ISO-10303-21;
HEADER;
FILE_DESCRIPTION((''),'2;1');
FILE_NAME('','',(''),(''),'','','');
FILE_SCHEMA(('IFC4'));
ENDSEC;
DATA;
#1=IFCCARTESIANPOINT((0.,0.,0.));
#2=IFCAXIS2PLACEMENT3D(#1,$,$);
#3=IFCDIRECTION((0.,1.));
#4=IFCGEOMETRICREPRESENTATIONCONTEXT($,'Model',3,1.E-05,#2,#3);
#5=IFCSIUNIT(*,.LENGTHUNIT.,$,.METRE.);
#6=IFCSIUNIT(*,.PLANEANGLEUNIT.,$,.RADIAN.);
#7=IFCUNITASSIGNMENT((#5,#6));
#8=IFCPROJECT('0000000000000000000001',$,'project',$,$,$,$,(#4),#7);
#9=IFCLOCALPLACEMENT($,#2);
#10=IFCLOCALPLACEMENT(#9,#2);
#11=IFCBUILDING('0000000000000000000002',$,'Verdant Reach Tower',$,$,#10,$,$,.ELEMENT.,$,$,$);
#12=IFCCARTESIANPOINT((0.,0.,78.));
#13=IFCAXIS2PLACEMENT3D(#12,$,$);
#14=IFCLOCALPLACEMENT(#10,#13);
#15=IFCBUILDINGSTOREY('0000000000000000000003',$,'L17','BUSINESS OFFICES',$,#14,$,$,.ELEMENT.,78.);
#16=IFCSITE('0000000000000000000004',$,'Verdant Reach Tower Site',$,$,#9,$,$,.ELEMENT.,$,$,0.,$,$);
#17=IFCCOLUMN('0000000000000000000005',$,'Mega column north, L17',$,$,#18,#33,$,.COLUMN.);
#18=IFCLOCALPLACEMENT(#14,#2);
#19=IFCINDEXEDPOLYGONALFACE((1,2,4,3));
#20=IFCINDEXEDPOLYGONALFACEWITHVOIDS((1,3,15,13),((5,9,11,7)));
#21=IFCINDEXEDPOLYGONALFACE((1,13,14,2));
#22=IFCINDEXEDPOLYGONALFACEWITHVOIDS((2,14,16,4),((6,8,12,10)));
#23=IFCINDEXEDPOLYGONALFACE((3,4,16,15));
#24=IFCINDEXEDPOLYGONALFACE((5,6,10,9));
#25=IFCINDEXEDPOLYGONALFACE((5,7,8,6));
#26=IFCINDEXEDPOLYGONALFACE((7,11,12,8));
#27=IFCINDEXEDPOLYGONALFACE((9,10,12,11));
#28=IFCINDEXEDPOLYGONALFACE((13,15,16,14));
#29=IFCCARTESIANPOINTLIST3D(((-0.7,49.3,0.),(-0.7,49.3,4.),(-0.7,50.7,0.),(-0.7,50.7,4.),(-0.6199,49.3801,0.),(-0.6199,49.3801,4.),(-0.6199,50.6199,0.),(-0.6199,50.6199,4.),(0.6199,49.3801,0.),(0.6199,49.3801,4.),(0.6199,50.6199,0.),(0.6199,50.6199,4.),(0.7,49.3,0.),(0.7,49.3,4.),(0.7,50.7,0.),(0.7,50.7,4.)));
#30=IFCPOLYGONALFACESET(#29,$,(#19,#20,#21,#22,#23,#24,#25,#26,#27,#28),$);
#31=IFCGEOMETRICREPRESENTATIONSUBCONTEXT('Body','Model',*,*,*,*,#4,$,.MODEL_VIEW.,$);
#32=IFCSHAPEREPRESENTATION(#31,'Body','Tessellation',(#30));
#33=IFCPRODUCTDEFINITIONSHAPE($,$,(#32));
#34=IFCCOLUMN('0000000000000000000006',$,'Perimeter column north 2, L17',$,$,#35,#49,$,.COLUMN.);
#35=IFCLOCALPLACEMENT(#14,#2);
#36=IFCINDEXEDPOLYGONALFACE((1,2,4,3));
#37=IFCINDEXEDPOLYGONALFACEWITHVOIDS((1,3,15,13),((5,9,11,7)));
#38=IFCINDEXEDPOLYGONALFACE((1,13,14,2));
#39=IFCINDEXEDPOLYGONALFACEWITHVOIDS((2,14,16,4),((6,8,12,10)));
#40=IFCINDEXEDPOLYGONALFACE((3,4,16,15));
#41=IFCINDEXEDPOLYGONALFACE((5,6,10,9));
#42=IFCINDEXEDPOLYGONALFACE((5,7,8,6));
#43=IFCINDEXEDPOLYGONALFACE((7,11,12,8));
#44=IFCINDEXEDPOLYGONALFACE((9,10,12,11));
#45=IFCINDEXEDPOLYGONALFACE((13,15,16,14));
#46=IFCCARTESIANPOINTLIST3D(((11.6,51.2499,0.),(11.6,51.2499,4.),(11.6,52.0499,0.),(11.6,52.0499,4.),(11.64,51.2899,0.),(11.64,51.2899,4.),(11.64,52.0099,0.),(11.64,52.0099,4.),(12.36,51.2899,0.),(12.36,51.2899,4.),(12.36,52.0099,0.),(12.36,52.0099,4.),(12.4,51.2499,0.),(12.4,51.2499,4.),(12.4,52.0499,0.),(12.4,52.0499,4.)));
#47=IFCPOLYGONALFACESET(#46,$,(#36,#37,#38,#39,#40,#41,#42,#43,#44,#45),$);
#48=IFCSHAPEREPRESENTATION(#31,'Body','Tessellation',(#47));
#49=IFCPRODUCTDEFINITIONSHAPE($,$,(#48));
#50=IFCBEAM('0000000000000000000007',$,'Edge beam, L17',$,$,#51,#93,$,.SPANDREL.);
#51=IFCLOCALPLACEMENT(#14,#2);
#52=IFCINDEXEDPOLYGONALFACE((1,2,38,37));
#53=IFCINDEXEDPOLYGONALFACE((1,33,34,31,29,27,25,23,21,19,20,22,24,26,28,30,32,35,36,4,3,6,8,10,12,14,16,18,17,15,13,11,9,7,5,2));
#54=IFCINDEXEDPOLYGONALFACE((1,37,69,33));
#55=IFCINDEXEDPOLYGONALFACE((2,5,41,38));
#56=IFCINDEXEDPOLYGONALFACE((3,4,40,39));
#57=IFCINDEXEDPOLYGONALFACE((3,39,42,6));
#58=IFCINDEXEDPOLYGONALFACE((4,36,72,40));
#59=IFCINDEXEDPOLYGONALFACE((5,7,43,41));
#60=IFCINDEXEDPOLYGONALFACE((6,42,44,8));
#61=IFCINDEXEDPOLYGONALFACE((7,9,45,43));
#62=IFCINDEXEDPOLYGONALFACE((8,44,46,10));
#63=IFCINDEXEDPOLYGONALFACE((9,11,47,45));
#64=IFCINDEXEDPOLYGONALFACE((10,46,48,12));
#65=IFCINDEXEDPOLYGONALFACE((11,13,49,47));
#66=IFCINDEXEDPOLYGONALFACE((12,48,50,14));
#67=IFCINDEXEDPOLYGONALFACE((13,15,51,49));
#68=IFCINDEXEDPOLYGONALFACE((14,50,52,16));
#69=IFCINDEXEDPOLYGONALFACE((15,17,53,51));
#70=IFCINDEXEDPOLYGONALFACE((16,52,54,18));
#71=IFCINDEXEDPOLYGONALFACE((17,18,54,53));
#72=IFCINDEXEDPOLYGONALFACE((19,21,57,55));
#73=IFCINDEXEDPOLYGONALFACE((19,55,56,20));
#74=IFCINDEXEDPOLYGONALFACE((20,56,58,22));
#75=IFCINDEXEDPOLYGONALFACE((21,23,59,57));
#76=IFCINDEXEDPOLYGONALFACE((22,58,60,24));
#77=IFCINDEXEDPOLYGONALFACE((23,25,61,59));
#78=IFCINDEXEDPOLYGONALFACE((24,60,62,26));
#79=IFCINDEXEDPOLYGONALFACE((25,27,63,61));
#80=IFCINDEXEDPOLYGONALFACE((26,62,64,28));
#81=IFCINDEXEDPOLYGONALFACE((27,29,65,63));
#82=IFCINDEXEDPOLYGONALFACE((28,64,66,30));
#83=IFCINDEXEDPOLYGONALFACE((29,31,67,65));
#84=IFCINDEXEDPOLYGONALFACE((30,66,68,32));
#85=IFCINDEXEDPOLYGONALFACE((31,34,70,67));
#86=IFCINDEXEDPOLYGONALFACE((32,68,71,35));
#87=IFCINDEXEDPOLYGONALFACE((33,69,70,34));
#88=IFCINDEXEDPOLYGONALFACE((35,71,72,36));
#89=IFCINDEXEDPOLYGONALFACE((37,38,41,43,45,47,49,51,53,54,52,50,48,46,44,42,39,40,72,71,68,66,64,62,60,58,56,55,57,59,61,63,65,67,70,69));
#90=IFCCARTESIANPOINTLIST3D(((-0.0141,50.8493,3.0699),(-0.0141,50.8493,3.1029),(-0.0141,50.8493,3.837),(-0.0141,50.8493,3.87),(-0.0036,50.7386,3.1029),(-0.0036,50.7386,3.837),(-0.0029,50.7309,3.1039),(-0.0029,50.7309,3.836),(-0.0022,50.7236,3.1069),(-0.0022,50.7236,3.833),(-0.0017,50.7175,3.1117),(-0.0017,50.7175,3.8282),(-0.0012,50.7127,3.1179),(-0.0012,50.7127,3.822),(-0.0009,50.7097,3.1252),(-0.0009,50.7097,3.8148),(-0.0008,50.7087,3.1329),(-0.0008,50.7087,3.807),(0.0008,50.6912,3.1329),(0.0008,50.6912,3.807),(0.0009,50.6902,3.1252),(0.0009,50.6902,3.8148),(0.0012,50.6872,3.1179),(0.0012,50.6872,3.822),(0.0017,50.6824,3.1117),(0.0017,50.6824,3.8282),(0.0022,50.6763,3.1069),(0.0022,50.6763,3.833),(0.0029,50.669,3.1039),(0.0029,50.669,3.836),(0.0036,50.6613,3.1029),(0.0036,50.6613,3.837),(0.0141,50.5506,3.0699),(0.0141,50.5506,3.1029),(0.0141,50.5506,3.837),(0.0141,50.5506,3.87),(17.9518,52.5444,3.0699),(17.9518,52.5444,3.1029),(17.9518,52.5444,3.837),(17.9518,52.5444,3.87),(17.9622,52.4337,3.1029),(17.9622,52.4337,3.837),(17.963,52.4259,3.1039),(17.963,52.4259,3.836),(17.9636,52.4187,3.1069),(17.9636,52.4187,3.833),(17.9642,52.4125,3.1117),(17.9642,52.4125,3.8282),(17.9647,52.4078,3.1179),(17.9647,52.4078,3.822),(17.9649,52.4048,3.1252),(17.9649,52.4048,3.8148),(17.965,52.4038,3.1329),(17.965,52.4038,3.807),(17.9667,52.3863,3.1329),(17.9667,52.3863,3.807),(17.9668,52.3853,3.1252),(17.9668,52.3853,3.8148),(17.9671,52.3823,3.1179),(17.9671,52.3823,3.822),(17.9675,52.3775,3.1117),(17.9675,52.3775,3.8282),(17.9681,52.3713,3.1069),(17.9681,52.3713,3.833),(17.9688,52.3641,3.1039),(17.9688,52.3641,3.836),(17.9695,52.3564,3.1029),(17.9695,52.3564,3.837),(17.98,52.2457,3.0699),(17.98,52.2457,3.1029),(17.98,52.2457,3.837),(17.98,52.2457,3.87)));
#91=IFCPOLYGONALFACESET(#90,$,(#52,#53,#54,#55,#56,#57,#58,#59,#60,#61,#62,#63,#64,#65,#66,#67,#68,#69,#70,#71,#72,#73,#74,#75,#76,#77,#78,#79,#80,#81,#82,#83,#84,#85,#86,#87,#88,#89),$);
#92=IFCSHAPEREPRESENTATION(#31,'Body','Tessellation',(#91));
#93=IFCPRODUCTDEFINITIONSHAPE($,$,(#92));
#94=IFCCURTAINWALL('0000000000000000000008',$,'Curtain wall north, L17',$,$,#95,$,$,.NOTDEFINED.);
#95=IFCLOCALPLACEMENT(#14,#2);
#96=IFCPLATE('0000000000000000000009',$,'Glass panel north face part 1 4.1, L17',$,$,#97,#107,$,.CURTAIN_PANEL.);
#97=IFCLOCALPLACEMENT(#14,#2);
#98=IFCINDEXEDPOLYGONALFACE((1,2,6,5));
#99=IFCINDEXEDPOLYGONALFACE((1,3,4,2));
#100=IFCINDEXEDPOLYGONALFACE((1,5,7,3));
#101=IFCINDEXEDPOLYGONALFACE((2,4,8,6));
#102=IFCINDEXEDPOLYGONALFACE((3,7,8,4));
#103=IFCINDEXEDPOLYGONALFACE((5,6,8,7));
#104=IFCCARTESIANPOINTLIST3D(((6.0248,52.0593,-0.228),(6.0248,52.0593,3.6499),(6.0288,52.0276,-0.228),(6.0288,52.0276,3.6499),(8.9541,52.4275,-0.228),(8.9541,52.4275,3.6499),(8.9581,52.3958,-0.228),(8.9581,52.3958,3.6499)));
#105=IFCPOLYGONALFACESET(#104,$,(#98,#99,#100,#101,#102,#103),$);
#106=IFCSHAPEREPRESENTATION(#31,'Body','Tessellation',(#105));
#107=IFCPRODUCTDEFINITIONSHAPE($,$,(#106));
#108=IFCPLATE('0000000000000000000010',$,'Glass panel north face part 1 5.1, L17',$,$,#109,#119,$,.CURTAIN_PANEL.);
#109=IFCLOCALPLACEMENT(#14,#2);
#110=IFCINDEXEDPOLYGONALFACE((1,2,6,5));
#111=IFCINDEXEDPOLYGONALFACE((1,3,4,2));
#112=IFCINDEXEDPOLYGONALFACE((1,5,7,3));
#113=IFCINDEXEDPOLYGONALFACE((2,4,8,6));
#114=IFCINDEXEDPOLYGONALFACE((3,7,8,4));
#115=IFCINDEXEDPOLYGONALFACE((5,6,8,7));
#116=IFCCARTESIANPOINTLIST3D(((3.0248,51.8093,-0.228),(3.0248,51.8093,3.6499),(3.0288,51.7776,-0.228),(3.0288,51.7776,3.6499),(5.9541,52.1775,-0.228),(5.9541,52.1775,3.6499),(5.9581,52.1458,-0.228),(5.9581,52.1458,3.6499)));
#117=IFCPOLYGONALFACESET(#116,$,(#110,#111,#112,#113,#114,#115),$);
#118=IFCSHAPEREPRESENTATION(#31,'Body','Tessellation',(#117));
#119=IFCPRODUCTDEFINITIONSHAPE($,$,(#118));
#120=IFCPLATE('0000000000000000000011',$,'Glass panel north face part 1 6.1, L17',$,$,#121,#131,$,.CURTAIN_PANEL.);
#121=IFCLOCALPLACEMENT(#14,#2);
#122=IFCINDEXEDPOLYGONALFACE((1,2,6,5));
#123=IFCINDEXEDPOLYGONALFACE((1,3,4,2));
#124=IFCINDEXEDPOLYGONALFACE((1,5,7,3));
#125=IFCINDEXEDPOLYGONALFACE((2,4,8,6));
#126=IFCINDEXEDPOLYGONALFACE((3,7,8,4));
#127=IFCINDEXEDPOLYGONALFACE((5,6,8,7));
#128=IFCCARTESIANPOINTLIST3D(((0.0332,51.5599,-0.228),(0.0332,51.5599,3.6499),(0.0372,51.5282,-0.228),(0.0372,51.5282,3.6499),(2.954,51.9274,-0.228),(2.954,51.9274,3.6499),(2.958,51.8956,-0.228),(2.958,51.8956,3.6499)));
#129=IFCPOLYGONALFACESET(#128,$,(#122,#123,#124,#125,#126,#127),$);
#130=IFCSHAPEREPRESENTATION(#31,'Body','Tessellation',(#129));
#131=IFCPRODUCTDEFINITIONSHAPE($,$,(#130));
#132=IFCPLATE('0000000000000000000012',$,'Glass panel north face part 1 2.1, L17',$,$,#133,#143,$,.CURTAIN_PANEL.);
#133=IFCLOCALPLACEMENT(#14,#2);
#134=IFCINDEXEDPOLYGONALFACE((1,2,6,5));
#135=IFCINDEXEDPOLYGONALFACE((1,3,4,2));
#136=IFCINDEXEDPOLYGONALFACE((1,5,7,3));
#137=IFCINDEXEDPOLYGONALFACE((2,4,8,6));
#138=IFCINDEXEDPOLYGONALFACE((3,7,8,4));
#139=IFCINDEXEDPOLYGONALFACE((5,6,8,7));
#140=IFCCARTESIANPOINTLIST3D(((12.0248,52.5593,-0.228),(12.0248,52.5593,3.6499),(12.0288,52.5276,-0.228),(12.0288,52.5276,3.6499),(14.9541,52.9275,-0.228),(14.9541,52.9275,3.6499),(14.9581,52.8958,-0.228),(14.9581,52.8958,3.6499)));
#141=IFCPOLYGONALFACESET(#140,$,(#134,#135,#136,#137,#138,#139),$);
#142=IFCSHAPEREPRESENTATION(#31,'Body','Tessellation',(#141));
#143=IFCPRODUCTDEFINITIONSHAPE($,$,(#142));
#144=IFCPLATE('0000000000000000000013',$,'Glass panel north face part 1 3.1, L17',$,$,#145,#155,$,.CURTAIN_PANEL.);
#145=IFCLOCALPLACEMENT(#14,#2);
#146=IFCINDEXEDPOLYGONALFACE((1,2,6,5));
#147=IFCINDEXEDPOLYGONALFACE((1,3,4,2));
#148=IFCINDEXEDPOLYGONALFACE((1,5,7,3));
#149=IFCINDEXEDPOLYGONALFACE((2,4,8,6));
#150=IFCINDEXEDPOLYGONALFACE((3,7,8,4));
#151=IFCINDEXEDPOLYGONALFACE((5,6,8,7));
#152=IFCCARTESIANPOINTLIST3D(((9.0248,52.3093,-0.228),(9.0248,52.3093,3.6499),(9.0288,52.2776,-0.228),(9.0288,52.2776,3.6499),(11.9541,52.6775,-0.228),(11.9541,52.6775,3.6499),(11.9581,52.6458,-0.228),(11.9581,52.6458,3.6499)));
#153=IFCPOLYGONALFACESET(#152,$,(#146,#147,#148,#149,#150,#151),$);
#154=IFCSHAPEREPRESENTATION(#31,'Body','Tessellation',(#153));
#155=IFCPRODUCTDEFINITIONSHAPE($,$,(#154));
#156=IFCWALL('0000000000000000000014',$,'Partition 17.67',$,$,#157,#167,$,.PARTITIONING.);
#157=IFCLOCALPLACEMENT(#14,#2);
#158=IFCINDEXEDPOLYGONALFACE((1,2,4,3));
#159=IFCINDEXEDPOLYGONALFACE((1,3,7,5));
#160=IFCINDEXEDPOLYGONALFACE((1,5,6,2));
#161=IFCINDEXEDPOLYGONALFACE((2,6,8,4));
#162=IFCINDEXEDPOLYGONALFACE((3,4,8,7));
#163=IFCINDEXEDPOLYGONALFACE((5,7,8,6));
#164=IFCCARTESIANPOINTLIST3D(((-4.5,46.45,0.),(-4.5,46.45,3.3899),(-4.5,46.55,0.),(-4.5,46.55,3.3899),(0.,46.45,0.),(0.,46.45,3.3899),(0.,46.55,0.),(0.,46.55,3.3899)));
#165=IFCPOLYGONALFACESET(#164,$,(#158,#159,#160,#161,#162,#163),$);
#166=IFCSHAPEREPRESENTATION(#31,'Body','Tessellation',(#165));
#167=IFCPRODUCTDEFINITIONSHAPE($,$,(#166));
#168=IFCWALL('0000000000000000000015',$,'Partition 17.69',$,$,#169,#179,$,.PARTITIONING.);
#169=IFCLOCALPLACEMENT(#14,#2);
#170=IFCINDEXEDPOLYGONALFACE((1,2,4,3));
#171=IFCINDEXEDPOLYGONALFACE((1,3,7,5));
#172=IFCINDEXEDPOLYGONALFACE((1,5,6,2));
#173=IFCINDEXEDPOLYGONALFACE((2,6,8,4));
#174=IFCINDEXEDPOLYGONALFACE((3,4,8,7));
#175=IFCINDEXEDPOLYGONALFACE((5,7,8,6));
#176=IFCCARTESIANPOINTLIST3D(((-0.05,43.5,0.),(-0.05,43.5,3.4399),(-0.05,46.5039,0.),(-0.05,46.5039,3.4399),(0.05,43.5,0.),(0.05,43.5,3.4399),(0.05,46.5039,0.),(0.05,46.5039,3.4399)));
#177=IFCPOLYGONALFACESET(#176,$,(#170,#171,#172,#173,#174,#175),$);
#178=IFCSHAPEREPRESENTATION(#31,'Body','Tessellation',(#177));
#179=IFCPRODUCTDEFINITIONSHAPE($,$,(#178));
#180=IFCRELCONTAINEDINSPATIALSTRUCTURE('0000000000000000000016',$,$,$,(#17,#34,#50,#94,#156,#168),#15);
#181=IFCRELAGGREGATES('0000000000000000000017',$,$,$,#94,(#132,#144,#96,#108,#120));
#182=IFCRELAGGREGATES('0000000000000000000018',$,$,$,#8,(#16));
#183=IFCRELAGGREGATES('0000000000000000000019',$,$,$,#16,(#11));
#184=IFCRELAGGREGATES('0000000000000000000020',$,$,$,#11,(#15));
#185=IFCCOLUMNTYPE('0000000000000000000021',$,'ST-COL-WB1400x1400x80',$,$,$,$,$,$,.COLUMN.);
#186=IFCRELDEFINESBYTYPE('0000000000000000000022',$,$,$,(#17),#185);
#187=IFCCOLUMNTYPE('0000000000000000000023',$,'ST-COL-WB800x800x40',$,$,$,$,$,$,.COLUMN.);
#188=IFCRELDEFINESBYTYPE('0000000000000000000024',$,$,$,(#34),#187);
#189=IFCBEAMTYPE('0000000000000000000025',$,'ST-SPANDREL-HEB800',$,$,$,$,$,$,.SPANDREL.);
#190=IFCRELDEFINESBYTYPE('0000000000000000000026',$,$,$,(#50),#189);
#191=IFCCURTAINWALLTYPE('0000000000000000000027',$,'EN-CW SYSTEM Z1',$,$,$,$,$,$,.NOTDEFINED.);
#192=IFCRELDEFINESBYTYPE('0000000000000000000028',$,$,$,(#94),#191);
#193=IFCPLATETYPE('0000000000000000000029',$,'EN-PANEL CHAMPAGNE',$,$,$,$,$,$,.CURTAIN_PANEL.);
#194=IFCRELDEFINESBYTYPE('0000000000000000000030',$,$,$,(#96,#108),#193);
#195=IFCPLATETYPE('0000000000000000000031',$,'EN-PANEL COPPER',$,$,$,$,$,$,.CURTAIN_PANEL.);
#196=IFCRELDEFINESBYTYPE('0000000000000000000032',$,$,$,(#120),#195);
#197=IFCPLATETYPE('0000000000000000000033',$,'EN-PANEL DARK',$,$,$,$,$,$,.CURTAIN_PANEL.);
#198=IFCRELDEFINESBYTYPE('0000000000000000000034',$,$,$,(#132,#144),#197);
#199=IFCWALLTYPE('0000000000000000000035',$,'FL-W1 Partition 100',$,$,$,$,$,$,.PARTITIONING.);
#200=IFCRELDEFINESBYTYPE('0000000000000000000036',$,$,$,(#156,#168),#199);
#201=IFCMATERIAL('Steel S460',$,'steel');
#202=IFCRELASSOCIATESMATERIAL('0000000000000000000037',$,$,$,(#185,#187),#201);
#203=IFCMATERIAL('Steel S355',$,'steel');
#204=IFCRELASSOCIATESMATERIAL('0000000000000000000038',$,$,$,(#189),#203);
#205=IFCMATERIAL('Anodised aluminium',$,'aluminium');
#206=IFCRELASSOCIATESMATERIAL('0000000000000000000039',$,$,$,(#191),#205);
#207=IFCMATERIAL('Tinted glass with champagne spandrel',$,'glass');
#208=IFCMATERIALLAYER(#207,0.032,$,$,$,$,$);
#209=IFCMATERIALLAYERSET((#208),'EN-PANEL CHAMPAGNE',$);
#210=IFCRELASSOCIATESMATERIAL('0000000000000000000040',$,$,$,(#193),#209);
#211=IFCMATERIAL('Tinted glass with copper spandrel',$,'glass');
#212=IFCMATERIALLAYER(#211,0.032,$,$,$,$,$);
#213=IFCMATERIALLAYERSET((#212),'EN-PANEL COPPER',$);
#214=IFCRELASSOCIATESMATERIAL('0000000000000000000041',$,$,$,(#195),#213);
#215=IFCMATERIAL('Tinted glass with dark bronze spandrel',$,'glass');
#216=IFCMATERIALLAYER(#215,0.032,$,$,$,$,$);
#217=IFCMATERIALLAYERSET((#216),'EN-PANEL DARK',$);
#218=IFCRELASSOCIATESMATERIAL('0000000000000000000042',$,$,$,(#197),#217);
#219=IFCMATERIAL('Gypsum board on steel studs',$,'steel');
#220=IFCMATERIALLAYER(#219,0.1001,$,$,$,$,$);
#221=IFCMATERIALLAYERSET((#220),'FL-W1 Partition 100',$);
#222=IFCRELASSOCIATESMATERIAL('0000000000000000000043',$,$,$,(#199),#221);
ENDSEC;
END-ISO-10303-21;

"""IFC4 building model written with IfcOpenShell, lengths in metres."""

from ifc_helpers import new_model, si_unit, direction, frame, frame_2d, origin, origin_2d, place, context, subcontext, project, spatial, rectangle, hollow_rectangle, i_section, extrude, material, layer, layer_set, material_profile, profile_set, type_object, element, aggregate, save


model = new_model("IFC4")

# Units and contexts
model_context = context("Model", 3, precision=1e-05, world=origin(), true_north=direction((0.0, 1.0)))
body_context = subcontext(model_context, "Body", "Model", "MODEL_VIEW")
ifc_project = project(units=[si_unit("LENGTHUNIT", "METRE"), si_unit("PLANEANGLEUNIT", "RADIAN")], contexts=[model_context])

# Site, building, storey
site_placement = place(None, origin())
site = spatial("IfcSite", under=ifc_project, at=site_placement, Name="Verdant Reach Tower Site", CompositionType="ELEMENT", RefElevation=0.0)
building_placement = place(site_placement, origin())
building = spatial("IfcBuilding", under=site, at=building_placement, Name="Verdant Reach Tower", CompositionType="ELEMENT")
storey_placement = place(building_placement, frame((0.0, 0.0, 78.0)))
storey = spatial("IfcBuildingStorey", under=building, at=storey_placement, Name="L17", Description="BUSINESS OFFICES", CompositionType="ELEMENT", Elevation=78.0)

# Columns
ifc_material_1 = material(Name="Steel S460", Category="steel")
ifc_material_profile_1 = material_profile(ifc_material_1, hollow_rectangle(XDim=1.3999, YDim=1.3999, WallThickness=0.0801, at=origin_2d()), Name="WB 1400x1400x80")
ifc_profile_set_1 = profile_set([ifc_material_profile_1], Name="Steel S460")
column_type_1 = type_object("IfcColumnType", Name="ST-COL-WB1400x1400x80", PredefinedType="COLUMN", material=ifc_profile_set_1)
column_1_placement = place(storey_placement, frame((0.0, 50.0, 0.0), z_axis=(0.0, 0.0, 1.0), x_axis=(1.0, 0.0, 0.0)))
element("IfcColumn", 1, at=column_1_placement, inside=storey, type_object=column_type_1, Name="Mega column north, L17", PredefinedType="COLUMN", context=body_context, shape_type="SweptSolid", body=[
    extrude(hollow_rectangle(XDim=1.3999, YDim=1.3999, WallThickness=0.0801, at=origin_2d()), origin(), (0.0, 0.0, 1.0), 4.0),
])
ifc_material_profile_2 = material_profile(ifc_material_1, hollow_rectangle(XDim=0.8, YDim=0.8, WallThickness=0.04, at=origin_2d()), Name="WB 800x800x40")
ifc_profile_set_2 = profile_set([ifc_material_profile_2], Name="Steel S460")
column_type_2 = type_object("IfcColumnType", Name="ST-COL-WB800x800x40", PredefinedType="COLUMN", material=ifc_profile_set_2)
column_2_placement = place(storey_placement, frame((12.0, 51.6499, 0.0), z_axis=(0.0, 0.0, 1.0), x_axis=(1.0, 0.0, 0.0)))
element("IfcColumn", 2, at=column_2_placement, inside=storey, type_object=column_type_2, Name="Perimeter column north 2, L17", PredefinedType="COLUMN", context=body_context, shape_type="SweptSolid", body=[
    extrude(hollow_rectangle(XDim=0.8, YDim=0.8, WallThickness=0.04, at=origin_2d()), origin(), (0.0, 0.0, 1.0), 4.0),
])

# Beam
ifc_material_2 = material(Name="Steel S355", Category="steel")
ifc_material_profile_3 = material_profile(ifc_material_2, i_section(OverallWidth=0.3, OverallDepth=0.8, WebThickness=0.0176, FlangeThickness=0.033, FilletRadius=0.03, at=origin_2d()), Name="HEB 800")
ifc_profile_set_3 = profile_set([ifc_material_profile_3], Name="Steel S355")
beam_type = type_object("IfcBeamType", Name="ST-SPANDREL-HEB800", PredefinedType="SPANDREL", material=ifc_profile_set_3)
beam_placement = place(storey_placement, frame((0.0, 50.7, 3.47), z_axis=(0.995579, 0.093932, 0.0), x_axis=(-0.093932, 0.995579, 0.0)))
element("IfcBeam", 3, at=beam_placement, inside=storey, type_object=beam_type, Name="Edge beam, L17", PredefinedType="SPANDREL", context=body_context, shape_type="SweptSolid", body=[
    extrude(i_section(OverallWidth=0.3, OverallDepth=0.8, WebThickness=0.0176, FlangeThickness=0.033, FilletRadius=0.03, at=origin_2d()), origin(), (0.0, 0.0, 1.0), 18.0457),
])

# Curtain wall, plates
ifc_material_3 = material(Name="Anodised aluminium", Category="aluminium")
curtain_wall_type = type_object("IfcCurtainWallType", Name="EN-CW SYSTEM Z1", PredefinedType="NOTDEFINED", material=ifc_material_3)
curtain_wall_placement = place(storey_placement, origin())
curtain_wall = element("IfcCurtainWall", 4, at=curtain_wall_placement, inside=storey, type_object=curtain_wall_type, Name="Curtain wall north, L17", PredefinedType="NOTDEFINED")
ifc_material_4 = material(Name="Tinted glass with champagne spandrel", Category="glass")
ifc_layer_1 = layer(ifc_material_4, 0.032)
ifc_layer_set_1 = layer_set([ifc_layer_1], Name="EN-PANEL CHAMPAGNE")
plate_type_1 = type_object("IfcPlateType", Name="EN-PANEL CHAMPAGNE", PredefinedType="CURTAIN_PANEL", material=ifc_layer_set_1)
plate_1_placement = place(storey_placement, frame((7.4915, 52.2275, -0.228), z_axis=(0.0, 0.0, 1.0), x_axis=(-0.992194, -0.124704, 0.0)))
plate_1 = element("IfcPlate", 5, at=plate_1_placement, type_object=plate_type_1, Name="Glass panel north face part 1 4.1, L17", PredefinedType="CURTAIN_PANEL", context=body_context, shape_type="SweptSolid", body=[
    extrude(rectangle(XDim=2.9524, YDim=0.032, at=origin_2d()), origin(), (0.0, 0.0, 1.0), 3.8779),
])
plate_2_placement = place(storey_placement, frame((4.4915, 51.9775, -0.228), z_axis=(0.0, 0.0, 1.0), x_axis=(-0.992194, -0.124704, 0.0)))
plate_2 = element("IfcPlate", 6, at=plate_2_placement, type_object=plate_type_1, Name="Glass panel north face part 1 5.1, L17", PredefinedType="CURTAIN_PANEL", context=body_context, shape_type="SweptSolid", body=[
    extrude(rectangle(XDim=2.9524, YDim=0.032, at=origin_2d()), origin(), (0.0, 0.0, 1.0), 3.8779),
])
ifc_material_5 = material(Name="Tinted glass with copper spandrel", Category="glass")
ifc_layer_2 = layer(ifc_material_5, 0.032)
ifc_layer_set_2 = layer_set([ifc_layer_2], Name="EN-PANEL COPPER")
plate_type_2 = type_object("IfcPlateType", Name="EN-PANEL COPPER", PredefinedType="CURTAIN_PANEL", material=ifc_layer_set_2)
plate_3_placement = place(storey_placement, frame((1.4956, 51.7278, -0.228), z_axis=(0.0, 0.0, 1.0), x_axis=(-0.992179, -0.124821, 0.0)))
plate_3 = element("IfcPlate", 7, at=plate_3_placement, type_object=plate_type_2, Name="Glass panel north face part 1 6.1, L17", PredefinedType="CURTAIN_PANEL", context=body_context, shape_type="SweptSolid", body=[
    extrude(rectangle(XDim=2.9438, YDim=0.032, at=origin_2d()), origin(), (0.0, 0.0, 1.0), 3.8779),
])
ifc_material_6 = material(Name="Tinted glass with dark bronze spandrel", Category="glass")
ifc_layer_3 = layer(ifc_material_6, 0.032)
ifc_layer_set_3 = layer_set([ifc_layer_3], Name="EN-PANEL DARK")
plate_type_3 = type_object("IfcPlateType", Name="EN-PANEL DARK", PredefinedType="CURTAIN_PANEL", material=ifc_layer_set_3)
plate_4_placement = place(storey_placement, frame((13.4915, 52.7275, -0.228), z_axis=(0.0, 0.0, 1.0), x_axis=(-0.992194, -0.124704, 0.0)))
plate_4 = element("IfcPlate", 8, at=plate_4_placement, type_object=plate_type_3, Name="Glass panel north face part 1 2.1, L17", PredefinedType="CURTAIN_PANEL", context=body_context, shape_type="SweptSolid", body=[
    extrude(rectangle(XDim=2.9524, YDim=0.032, at=origin_2d()), origin(), (0.0, 0.0, 1.0), 3.8779),
])
plate_5_placement = place(storey_placement, frame((10.4915, 52.4775, -0.228), z_axis=(0.0, 0.0, 1.0), x_axis=(-0.992194, -0.124704, 0.0)))
plate_5 = element("IfcPlate", 9, at=plate_5_placement, type_object=plate_type_3, Name="Glass panel north face part 1 3.1, L17", PredefinedType="CURTAIN_PANEL", context=body_context, shape_type="SweptSolid", body=[
    extrude(rectangle(XDim=2.9524, YDim=0.032, at=origin_2d()), origin(), (0.0, 0.0, 1.0), 3.8779),
])
aggregate(curtain_wall, [plate_4, plate_5, plate_1, plate_2, plate_3])

# Walls
ifc_material_7 = material(Name="Gypsum board on steel studs", Category="steel")
ifc_layer_4 = layer(ifc_material_7, 0.1001)
ifc_layer_set_4 = layer_set([ifc_layer_4], Name="FL-W1 Partition 100")
wall_type_1 = type_object("IfcWallType", Name="FL-W1 Partition 100", PredefinedType="PARTITIONING", material=ifc_layer_set_4)
wall_1_placement = place(storey_placement, frame((0.0, 46.5, 0.0), z_axis=(0.0, 0.0, 1.0), x_axis=(-1.0, 0.0, 0.0)))
element("IfcWall", 10, at=wall_1_placement, inside=storey, type_object=wall_type_1, Name="Partition 17.67", PredefinedType="PARTITIONING", context=body_context, shape_type="SweptSolid", body=[
    extrude(rectangle(XDim=4.5, YDim=0.1001, at=frame_2d((2.25, 0.0))), origin(), (0.0, 0.0, 1.0), 3.3899),
])
wall_2_placement = place(storey_placement, frame((0.0, 43.5, 0.0), z_axis=(0.0, 0.0, 1.0), x_axis=(0.0, 1.0, 0.0)))
element("IfcWall", 11, at=wall_2_placement, inside=storey, type_object=wall_type_1, Name="Partition 17.69", PredefinedType="PARTITIONING", context=body_context, shape_type="SweptSolid", body=[
    extrude(rectangle(XDim=3.0039, YDim=0.1001, at=frame_2d((1.502, 0.0))), origin(), (0.0, 0.0, 1.0), 3.4399),
])

save(model, "model.ifc")
